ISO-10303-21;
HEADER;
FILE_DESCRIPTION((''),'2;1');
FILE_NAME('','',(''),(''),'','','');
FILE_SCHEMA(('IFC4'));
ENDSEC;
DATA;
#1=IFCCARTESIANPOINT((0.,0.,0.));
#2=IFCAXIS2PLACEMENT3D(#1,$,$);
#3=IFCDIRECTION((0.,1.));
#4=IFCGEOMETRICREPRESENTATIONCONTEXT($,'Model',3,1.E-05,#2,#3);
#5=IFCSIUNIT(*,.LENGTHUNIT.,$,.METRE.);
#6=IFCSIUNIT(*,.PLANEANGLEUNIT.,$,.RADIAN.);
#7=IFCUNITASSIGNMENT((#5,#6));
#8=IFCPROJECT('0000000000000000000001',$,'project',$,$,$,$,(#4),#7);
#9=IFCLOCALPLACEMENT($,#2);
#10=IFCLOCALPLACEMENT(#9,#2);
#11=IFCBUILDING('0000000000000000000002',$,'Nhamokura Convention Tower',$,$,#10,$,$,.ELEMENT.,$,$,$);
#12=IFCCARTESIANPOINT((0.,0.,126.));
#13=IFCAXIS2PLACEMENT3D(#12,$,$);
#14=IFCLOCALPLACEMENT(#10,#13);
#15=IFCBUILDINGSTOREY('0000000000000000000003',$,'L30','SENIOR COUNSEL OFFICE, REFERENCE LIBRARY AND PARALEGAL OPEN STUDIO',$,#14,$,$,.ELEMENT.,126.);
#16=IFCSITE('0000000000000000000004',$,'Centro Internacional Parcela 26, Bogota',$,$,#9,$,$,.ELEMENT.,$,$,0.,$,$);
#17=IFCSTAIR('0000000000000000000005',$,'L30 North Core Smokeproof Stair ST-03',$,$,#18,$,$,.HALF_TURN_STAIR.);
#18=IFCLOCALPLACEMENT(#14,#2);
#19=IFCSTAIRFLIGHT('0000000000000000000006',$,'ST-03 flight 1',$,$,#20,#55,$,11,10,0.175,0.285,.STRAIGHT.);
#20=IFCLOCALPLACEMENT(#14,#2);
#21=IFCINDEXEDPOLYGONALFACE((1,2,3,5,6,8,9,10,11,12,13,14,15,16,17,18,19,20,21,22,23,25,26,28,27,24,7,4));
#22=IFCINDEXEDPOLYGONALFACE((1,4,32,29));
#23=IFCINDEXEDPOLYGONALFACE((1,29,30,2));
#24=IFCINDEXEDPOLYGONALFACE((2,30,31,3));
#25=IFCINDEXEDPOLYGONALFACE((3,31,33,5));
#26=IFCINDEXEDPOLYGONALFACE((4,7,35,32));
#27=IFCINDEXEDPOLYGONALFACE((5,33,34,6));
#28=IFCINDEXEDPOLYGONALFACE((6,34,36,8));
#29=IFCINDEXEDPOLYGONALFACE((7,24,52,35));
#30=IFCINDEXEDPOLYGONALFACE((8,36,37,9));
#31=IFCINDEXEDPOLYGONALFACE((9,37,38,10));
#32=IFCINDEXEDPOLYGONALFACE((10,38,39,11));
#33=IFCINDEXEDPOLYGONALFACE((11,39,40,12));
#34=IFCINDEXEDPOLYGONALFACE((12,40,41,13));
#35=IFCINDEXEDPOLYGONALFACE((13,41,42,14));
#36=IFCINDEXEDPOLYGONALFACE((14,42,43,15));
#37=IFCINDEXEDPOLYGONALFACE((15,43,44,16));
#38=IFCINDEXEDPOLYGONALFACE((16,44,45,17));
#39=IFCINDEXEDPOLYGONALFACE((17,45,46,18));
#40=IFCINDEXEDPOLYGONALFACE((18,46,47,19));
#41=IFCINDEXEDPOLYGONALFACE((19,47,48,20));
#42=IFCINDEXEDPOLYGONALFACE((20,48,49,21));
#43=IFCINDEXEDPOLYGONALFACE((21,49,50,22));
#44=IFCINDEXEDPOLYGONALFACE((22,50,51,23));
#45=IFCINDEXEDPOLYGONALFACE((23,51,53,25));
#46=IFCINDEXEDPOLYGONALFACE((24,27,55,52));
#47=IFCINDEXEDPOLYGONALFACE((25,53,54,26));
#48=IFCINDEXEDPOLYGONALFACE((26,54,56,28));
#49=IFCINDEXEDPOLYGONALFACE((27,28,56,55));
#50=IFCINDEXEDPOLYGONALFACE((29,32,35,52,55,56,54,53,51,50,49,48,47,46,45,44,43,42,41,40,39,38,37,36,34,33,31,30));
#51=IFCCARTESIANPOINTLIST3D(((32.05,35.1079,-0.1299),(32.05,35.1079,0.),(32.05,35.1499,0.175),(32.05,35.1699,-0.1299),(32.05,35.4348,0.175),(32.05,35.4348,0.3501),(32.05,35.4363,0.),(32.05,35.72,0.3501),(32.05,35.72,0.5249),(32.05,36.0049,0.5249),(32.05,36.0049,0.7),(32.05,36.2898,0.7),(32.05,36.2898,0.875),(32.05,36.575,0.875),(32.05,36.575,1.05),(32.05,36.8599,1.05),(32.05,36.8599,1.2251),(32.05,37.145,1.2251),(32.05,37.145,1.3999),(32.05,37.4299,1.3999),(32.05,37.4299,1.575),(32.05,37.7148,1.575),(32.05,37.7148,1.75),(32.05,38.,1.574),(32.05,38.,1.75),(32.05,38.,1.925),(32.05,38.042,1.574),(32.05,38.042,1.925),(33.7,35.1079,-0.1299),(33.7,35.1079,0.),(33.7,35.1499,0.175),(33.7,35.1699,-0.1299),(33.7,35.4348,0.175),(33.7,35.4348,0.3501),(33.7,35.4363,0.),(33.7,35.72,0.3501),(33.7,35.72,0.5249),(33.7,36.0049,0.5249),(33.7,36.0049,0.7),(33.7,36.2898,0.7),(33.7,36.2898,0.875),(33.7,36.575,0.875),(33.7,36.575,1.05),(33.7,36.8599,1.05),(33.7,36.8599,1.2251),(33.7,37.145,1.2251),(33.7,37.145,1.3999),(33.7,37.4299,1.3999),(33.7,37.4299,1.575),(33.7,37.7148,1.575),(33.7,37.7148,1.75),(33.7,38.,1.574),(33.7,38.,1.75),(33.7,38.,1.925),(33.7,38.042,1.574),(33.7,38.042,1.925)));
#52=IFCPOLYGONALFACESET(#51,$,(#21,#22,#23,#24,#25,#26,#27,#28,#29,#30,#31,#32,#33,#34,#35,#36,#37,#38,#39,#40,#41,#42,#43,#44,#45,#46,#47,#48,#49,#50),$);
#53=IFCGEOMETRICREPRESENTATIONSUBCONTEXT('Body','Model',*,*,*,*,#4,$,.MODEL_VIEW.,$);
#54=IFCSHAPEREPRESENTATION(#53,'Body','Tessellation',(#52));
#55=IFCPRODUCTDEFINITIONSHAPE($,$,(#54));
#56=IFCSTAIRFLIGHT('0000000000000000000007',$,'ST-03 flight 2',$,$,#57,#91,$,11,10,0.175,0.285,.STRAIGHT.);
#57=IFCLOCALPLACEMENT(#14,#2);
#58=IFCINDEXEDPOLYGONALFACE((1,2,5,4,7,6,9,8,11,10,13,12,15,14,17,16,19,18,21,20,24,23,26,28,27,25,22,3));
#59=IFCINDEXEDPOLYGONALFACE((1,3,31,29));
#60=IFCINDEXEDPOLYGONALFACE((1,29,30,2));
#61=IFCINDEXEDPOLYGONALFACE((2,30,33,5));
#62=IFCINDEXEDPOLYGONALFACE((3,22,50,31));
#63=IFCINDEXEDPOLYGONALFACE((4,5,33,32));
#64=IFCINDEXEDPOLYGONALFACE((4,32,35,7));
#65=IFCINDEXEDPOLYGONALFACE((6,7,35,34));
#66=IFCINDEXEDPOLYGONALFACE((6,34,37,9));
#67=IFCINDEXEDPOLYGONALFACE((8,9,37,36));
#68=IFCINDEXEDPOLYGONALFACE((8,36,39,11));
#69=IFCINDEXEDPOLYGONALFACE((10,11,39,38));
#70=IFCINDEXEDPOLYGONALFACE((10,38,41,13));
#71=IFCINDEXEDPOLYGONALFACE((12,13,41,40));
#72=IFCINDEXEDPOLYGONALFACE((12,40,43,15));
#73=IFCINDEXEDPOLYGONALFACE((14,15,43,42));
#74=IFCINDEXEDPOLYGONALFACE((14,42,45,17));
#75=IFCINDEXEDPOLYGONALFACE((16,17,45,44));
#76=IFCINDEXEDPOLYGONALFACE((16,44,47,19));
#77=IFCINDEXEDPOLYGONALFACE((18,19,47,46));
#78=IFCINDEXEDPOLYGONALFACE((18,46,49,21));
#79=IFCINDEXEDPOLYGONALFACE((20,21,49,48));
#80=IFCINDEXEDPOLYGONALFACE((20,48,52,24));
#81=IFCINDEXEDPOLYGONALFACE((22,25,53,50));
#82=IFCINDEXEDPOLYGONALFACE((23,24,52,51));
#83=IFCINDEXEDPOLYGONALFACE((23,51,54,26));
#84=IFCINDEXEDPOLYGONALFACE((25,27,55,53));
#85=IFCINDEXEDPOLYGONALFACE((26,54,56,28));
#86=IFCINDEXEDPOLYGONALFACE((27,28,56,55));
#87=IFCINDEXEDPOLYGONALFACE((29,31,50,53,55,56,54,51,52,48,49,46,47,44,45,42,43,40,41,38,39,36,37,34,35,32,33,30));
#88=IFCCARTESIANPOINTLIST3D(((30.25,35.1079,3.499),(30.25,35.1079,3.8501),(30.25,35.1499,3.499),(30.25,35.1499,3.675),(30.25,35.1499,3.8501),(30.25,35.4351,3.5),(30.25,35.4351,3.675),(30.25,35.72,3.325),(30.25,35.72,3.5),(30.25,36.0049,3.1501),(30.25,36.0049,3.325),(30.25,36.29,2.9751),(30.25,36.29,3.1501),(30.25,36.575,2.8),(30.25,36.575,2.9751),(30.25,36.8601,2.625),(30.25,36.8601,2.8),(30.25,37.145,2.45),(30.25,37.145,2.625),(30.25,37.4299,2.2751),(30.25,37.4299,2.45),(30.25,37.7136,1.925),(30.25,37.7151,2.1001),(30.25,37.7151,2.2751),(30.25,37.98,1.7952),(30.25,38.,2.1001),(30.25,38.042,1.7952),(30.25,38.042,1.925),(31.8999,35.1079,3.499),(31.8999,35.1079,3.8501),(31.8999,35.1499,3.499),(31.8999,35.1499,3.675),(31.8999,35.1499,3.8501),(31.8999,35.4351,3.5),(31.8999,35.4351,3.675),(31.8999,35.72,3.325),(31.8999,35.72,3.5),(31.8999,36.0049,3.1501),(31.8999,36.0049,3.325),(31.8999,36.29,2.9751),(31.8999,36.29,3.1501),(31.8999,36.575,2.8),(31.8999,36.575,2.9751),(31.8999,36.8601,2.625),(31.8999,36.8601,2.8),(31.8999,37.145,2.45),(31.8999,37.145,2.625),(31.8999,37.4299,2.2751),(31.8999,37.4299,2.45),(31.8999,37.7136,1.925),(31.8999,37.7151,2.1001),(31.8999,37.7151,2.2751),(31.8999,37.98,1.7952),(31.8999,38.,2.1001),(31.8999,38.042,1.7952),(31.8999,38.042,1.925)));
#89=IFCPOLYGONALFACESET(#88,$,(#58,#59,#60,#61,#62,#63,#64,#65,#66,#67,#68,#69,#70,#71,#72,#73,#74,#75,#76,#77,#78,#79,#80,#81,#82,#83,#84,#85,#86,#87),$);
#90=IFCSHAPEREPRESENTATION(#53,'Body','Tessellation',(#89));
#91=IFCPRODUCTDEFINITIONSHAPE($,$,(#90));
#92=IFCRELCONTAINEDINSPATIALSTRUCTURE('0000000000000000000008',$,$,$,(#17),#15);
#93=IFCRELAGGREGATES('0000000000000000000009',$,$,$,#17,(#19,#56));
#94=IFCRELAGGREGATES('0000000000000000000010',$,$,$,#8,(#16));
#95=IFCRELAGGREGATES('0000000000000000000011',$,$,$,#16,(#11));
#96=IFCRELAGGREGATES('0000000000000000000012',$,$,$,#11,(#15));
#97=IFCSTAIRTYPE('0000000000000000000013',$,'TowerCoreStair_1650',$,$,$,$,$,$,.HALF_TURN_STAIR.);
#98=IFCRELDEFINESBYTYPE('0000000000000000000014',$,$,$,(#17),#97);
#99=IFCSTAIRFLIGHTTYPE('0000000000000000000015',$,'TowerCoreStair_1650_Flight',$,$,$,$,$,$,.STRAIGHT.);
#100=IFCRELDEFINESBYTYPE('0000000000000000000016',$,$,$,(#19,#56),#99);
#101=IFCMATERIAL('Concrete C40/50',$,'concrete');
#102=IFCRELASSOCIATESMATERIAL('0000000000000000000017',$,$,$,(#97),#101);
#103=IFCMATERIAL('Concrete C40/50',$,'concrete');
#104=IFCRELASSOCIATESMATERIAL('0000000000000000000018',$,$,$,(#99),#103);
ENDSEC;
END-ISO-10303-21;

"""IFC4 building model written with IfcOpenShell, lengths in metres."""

from ifc_helpers import new_model, si_unit, direction, frame, origin, place, context, subcontext, project, spatial, polyline, outline, extrude, material, type_object, element, aggregate, save


model = new_model("IFC4")

# Units and contexts
model_context = context("Model", 3, precision=1e-05, world=origin(), true_north=direction((0.0, 1.0)))
body_context = subcontext(model_context, "Body", "Model", "MODEL_VIEW")
ifc_project = project(units=[si_unit("LENGTHUNIT", "METRE"), si_unit("PLANEANGLEUNIT", "RADIAN")], contexts=[model_context])

# Site, building, storey
site_placement = place(None, origin())
site = spatial("IfcSite", under=ifc_project, at=site_placement, Name="Centro Internacional Parcela 26, Bogota", CompositionType="ELEMENT", RefElevation=0.0)
building_placement = place(site_placement, origin())
building = spatial("IfcBuilding", under=site, at=building_placement, Name="Nhamokura Convention Tower", CompositionType="ELEMENT")
storey_placement = place(building_placement, frame((0.0, 0.0, 126.0)))
storey = spatial("IfcBuildingStorey", under=building, at=storey_placement, Name="L30", Description="SENIOR COUNSEL OFFICE, REFERENCE LIBRARY AND PARALEGAL OPEN STUDIO", CompositionType="ELEMENT", Elevation=126.0)

# Stair, stair flights
ifc_material_1 = material(Name="Concrete C40/50", Category="concrete")
stair_type = type_object("IfcStairType", Name="TowerCoreStair_1650", PredefinedType="HALF_TURN_STAIR", material=ifc_material_1)
stair_placement = place(storey_placement, origin())
stair = element("IfcStair", 1, at=stair_placement, inside=storey, type_object=stair_type, Name="L30 North Core Smokeproof Stair ST-03", PredefinedType="HALF_TURN_STAIR")
ifc_material_2 = material(Name="Concrete C40/50", Category="concrete")
stair_flight_type = type_object("IfcStairFlightType", Name="TowerCoreStair_1650_Flight", PredefinedType="STRAIGHT", material=ifc_material_2)
stair_flight_1_placement = place(storey_placement, frame((32.875, 35.1499, 0.0), z_axis=(0.0, 0.0, 1.0), x_axis=(0.0, 1.0, 0.0)))
stair_flight_1 = element("IfcStairFlight", 2, at=stair_flight_1_placement, type_object=stair_flight_type, Name="ST-03 flight 1", NumberOfRisers=11, NumberOfTreads=10, PredefinedType="STRAIGHT", RiserHeight=0.175, TreadLength=0.285, context=body_context, shape_type="SweptSolid", body=[
    extrude(outline(polyline([(-0.042, 0.0), (0.0, 0.175), (0.2849, 0.175), (0.2849, 0.3501), (0.5701, 0.3501), (0.5701, 0.5249), (0.855, 0.5249), (0.855, 0.7), (1.1399, 0.7), (1.1399, 0.875), (1.425, 0.875), (1.425, 1.05), (1.71, 1.05), (1.71, 1.2251), (1.9951, 1.2251), (1.9951, 1.3999), (2.28, 1.3999), (2.28, 1.575), (2.5649, 1.575), (2.5649, 1.75), (2.8501, 1.75), (2.8501, 1.925), (2.8921, 1.925), (2.8921, 1.574), (2.8501, 1.574), (0.2864, 0.0), (0.02, -0.1299), (-0.042, -0.1299), (-0.042, 0.0)])), frame((0.0, 0.825, 0.0), z_axis=(0.0, -1.0, 0.0), x_axis=(1.0, 0.0, 0.0)), (0.0, 0.0, 1.0), 1.6499),
])
stair_flight_2_placement = place(storey_placement, frame((31.075, 38.0, 1.925), z_axis=(0.0, 0.0, 1.0), x_axis=(0.0, -1.0, 0.0)))
stair_flight_2 = element("IfcStairFlight", 3, at=stair_flight_2_placement, type_object=stair_flight_type, Name="ST-03 flight 2", NumberOfRisers=11, NumberOfTreads=10, PredefinedType="STRAIGHT", RiserHeight=0.175, TreadLength=0.285, context=body_context, shape_type="SweptSolid", body=[
    extrude(outline(polyline([(-0.042, 0.0), (0.0, 0.175), (0.2849, 0.175), (0.2849, 0.3501), (0.5701, 0.3501), (0.5701, 0.5249), (0.855, 0.5249), (0.855, 0.7), (1.1399, 0.7), (1.1399, 0.875), (1.425, 0.875), (1.425, 1.05), (1.71, 1.05), (1.71, 1.2251), (1.9951, 1.2251), (1.9951, 1.3999), (2.28, 1.3999), (2.28, 1.575), (2.5649, 1.575), (2.5649, 1.75), (2.8501, 1.75), (2.8501, 1.925), (2.8921, 1.925), (2.8921, 1.574), (2.8501, 1.574), (0.2864, 0.0), (0.02, -0.1299), (-0.042, -0.1299), (-0.042, 0.0)])), frame((0.0, 0.825, 0.0), z_axis=(0.0, -1.0, 0.0), x_axis=(1.0, 0.0, 0.0)), (0.0, 0.0, 1.0), 1.6499),
])
aggregate(stair, [stair_flight_1, stair_flight_2])

save(model, "model.ifc")
